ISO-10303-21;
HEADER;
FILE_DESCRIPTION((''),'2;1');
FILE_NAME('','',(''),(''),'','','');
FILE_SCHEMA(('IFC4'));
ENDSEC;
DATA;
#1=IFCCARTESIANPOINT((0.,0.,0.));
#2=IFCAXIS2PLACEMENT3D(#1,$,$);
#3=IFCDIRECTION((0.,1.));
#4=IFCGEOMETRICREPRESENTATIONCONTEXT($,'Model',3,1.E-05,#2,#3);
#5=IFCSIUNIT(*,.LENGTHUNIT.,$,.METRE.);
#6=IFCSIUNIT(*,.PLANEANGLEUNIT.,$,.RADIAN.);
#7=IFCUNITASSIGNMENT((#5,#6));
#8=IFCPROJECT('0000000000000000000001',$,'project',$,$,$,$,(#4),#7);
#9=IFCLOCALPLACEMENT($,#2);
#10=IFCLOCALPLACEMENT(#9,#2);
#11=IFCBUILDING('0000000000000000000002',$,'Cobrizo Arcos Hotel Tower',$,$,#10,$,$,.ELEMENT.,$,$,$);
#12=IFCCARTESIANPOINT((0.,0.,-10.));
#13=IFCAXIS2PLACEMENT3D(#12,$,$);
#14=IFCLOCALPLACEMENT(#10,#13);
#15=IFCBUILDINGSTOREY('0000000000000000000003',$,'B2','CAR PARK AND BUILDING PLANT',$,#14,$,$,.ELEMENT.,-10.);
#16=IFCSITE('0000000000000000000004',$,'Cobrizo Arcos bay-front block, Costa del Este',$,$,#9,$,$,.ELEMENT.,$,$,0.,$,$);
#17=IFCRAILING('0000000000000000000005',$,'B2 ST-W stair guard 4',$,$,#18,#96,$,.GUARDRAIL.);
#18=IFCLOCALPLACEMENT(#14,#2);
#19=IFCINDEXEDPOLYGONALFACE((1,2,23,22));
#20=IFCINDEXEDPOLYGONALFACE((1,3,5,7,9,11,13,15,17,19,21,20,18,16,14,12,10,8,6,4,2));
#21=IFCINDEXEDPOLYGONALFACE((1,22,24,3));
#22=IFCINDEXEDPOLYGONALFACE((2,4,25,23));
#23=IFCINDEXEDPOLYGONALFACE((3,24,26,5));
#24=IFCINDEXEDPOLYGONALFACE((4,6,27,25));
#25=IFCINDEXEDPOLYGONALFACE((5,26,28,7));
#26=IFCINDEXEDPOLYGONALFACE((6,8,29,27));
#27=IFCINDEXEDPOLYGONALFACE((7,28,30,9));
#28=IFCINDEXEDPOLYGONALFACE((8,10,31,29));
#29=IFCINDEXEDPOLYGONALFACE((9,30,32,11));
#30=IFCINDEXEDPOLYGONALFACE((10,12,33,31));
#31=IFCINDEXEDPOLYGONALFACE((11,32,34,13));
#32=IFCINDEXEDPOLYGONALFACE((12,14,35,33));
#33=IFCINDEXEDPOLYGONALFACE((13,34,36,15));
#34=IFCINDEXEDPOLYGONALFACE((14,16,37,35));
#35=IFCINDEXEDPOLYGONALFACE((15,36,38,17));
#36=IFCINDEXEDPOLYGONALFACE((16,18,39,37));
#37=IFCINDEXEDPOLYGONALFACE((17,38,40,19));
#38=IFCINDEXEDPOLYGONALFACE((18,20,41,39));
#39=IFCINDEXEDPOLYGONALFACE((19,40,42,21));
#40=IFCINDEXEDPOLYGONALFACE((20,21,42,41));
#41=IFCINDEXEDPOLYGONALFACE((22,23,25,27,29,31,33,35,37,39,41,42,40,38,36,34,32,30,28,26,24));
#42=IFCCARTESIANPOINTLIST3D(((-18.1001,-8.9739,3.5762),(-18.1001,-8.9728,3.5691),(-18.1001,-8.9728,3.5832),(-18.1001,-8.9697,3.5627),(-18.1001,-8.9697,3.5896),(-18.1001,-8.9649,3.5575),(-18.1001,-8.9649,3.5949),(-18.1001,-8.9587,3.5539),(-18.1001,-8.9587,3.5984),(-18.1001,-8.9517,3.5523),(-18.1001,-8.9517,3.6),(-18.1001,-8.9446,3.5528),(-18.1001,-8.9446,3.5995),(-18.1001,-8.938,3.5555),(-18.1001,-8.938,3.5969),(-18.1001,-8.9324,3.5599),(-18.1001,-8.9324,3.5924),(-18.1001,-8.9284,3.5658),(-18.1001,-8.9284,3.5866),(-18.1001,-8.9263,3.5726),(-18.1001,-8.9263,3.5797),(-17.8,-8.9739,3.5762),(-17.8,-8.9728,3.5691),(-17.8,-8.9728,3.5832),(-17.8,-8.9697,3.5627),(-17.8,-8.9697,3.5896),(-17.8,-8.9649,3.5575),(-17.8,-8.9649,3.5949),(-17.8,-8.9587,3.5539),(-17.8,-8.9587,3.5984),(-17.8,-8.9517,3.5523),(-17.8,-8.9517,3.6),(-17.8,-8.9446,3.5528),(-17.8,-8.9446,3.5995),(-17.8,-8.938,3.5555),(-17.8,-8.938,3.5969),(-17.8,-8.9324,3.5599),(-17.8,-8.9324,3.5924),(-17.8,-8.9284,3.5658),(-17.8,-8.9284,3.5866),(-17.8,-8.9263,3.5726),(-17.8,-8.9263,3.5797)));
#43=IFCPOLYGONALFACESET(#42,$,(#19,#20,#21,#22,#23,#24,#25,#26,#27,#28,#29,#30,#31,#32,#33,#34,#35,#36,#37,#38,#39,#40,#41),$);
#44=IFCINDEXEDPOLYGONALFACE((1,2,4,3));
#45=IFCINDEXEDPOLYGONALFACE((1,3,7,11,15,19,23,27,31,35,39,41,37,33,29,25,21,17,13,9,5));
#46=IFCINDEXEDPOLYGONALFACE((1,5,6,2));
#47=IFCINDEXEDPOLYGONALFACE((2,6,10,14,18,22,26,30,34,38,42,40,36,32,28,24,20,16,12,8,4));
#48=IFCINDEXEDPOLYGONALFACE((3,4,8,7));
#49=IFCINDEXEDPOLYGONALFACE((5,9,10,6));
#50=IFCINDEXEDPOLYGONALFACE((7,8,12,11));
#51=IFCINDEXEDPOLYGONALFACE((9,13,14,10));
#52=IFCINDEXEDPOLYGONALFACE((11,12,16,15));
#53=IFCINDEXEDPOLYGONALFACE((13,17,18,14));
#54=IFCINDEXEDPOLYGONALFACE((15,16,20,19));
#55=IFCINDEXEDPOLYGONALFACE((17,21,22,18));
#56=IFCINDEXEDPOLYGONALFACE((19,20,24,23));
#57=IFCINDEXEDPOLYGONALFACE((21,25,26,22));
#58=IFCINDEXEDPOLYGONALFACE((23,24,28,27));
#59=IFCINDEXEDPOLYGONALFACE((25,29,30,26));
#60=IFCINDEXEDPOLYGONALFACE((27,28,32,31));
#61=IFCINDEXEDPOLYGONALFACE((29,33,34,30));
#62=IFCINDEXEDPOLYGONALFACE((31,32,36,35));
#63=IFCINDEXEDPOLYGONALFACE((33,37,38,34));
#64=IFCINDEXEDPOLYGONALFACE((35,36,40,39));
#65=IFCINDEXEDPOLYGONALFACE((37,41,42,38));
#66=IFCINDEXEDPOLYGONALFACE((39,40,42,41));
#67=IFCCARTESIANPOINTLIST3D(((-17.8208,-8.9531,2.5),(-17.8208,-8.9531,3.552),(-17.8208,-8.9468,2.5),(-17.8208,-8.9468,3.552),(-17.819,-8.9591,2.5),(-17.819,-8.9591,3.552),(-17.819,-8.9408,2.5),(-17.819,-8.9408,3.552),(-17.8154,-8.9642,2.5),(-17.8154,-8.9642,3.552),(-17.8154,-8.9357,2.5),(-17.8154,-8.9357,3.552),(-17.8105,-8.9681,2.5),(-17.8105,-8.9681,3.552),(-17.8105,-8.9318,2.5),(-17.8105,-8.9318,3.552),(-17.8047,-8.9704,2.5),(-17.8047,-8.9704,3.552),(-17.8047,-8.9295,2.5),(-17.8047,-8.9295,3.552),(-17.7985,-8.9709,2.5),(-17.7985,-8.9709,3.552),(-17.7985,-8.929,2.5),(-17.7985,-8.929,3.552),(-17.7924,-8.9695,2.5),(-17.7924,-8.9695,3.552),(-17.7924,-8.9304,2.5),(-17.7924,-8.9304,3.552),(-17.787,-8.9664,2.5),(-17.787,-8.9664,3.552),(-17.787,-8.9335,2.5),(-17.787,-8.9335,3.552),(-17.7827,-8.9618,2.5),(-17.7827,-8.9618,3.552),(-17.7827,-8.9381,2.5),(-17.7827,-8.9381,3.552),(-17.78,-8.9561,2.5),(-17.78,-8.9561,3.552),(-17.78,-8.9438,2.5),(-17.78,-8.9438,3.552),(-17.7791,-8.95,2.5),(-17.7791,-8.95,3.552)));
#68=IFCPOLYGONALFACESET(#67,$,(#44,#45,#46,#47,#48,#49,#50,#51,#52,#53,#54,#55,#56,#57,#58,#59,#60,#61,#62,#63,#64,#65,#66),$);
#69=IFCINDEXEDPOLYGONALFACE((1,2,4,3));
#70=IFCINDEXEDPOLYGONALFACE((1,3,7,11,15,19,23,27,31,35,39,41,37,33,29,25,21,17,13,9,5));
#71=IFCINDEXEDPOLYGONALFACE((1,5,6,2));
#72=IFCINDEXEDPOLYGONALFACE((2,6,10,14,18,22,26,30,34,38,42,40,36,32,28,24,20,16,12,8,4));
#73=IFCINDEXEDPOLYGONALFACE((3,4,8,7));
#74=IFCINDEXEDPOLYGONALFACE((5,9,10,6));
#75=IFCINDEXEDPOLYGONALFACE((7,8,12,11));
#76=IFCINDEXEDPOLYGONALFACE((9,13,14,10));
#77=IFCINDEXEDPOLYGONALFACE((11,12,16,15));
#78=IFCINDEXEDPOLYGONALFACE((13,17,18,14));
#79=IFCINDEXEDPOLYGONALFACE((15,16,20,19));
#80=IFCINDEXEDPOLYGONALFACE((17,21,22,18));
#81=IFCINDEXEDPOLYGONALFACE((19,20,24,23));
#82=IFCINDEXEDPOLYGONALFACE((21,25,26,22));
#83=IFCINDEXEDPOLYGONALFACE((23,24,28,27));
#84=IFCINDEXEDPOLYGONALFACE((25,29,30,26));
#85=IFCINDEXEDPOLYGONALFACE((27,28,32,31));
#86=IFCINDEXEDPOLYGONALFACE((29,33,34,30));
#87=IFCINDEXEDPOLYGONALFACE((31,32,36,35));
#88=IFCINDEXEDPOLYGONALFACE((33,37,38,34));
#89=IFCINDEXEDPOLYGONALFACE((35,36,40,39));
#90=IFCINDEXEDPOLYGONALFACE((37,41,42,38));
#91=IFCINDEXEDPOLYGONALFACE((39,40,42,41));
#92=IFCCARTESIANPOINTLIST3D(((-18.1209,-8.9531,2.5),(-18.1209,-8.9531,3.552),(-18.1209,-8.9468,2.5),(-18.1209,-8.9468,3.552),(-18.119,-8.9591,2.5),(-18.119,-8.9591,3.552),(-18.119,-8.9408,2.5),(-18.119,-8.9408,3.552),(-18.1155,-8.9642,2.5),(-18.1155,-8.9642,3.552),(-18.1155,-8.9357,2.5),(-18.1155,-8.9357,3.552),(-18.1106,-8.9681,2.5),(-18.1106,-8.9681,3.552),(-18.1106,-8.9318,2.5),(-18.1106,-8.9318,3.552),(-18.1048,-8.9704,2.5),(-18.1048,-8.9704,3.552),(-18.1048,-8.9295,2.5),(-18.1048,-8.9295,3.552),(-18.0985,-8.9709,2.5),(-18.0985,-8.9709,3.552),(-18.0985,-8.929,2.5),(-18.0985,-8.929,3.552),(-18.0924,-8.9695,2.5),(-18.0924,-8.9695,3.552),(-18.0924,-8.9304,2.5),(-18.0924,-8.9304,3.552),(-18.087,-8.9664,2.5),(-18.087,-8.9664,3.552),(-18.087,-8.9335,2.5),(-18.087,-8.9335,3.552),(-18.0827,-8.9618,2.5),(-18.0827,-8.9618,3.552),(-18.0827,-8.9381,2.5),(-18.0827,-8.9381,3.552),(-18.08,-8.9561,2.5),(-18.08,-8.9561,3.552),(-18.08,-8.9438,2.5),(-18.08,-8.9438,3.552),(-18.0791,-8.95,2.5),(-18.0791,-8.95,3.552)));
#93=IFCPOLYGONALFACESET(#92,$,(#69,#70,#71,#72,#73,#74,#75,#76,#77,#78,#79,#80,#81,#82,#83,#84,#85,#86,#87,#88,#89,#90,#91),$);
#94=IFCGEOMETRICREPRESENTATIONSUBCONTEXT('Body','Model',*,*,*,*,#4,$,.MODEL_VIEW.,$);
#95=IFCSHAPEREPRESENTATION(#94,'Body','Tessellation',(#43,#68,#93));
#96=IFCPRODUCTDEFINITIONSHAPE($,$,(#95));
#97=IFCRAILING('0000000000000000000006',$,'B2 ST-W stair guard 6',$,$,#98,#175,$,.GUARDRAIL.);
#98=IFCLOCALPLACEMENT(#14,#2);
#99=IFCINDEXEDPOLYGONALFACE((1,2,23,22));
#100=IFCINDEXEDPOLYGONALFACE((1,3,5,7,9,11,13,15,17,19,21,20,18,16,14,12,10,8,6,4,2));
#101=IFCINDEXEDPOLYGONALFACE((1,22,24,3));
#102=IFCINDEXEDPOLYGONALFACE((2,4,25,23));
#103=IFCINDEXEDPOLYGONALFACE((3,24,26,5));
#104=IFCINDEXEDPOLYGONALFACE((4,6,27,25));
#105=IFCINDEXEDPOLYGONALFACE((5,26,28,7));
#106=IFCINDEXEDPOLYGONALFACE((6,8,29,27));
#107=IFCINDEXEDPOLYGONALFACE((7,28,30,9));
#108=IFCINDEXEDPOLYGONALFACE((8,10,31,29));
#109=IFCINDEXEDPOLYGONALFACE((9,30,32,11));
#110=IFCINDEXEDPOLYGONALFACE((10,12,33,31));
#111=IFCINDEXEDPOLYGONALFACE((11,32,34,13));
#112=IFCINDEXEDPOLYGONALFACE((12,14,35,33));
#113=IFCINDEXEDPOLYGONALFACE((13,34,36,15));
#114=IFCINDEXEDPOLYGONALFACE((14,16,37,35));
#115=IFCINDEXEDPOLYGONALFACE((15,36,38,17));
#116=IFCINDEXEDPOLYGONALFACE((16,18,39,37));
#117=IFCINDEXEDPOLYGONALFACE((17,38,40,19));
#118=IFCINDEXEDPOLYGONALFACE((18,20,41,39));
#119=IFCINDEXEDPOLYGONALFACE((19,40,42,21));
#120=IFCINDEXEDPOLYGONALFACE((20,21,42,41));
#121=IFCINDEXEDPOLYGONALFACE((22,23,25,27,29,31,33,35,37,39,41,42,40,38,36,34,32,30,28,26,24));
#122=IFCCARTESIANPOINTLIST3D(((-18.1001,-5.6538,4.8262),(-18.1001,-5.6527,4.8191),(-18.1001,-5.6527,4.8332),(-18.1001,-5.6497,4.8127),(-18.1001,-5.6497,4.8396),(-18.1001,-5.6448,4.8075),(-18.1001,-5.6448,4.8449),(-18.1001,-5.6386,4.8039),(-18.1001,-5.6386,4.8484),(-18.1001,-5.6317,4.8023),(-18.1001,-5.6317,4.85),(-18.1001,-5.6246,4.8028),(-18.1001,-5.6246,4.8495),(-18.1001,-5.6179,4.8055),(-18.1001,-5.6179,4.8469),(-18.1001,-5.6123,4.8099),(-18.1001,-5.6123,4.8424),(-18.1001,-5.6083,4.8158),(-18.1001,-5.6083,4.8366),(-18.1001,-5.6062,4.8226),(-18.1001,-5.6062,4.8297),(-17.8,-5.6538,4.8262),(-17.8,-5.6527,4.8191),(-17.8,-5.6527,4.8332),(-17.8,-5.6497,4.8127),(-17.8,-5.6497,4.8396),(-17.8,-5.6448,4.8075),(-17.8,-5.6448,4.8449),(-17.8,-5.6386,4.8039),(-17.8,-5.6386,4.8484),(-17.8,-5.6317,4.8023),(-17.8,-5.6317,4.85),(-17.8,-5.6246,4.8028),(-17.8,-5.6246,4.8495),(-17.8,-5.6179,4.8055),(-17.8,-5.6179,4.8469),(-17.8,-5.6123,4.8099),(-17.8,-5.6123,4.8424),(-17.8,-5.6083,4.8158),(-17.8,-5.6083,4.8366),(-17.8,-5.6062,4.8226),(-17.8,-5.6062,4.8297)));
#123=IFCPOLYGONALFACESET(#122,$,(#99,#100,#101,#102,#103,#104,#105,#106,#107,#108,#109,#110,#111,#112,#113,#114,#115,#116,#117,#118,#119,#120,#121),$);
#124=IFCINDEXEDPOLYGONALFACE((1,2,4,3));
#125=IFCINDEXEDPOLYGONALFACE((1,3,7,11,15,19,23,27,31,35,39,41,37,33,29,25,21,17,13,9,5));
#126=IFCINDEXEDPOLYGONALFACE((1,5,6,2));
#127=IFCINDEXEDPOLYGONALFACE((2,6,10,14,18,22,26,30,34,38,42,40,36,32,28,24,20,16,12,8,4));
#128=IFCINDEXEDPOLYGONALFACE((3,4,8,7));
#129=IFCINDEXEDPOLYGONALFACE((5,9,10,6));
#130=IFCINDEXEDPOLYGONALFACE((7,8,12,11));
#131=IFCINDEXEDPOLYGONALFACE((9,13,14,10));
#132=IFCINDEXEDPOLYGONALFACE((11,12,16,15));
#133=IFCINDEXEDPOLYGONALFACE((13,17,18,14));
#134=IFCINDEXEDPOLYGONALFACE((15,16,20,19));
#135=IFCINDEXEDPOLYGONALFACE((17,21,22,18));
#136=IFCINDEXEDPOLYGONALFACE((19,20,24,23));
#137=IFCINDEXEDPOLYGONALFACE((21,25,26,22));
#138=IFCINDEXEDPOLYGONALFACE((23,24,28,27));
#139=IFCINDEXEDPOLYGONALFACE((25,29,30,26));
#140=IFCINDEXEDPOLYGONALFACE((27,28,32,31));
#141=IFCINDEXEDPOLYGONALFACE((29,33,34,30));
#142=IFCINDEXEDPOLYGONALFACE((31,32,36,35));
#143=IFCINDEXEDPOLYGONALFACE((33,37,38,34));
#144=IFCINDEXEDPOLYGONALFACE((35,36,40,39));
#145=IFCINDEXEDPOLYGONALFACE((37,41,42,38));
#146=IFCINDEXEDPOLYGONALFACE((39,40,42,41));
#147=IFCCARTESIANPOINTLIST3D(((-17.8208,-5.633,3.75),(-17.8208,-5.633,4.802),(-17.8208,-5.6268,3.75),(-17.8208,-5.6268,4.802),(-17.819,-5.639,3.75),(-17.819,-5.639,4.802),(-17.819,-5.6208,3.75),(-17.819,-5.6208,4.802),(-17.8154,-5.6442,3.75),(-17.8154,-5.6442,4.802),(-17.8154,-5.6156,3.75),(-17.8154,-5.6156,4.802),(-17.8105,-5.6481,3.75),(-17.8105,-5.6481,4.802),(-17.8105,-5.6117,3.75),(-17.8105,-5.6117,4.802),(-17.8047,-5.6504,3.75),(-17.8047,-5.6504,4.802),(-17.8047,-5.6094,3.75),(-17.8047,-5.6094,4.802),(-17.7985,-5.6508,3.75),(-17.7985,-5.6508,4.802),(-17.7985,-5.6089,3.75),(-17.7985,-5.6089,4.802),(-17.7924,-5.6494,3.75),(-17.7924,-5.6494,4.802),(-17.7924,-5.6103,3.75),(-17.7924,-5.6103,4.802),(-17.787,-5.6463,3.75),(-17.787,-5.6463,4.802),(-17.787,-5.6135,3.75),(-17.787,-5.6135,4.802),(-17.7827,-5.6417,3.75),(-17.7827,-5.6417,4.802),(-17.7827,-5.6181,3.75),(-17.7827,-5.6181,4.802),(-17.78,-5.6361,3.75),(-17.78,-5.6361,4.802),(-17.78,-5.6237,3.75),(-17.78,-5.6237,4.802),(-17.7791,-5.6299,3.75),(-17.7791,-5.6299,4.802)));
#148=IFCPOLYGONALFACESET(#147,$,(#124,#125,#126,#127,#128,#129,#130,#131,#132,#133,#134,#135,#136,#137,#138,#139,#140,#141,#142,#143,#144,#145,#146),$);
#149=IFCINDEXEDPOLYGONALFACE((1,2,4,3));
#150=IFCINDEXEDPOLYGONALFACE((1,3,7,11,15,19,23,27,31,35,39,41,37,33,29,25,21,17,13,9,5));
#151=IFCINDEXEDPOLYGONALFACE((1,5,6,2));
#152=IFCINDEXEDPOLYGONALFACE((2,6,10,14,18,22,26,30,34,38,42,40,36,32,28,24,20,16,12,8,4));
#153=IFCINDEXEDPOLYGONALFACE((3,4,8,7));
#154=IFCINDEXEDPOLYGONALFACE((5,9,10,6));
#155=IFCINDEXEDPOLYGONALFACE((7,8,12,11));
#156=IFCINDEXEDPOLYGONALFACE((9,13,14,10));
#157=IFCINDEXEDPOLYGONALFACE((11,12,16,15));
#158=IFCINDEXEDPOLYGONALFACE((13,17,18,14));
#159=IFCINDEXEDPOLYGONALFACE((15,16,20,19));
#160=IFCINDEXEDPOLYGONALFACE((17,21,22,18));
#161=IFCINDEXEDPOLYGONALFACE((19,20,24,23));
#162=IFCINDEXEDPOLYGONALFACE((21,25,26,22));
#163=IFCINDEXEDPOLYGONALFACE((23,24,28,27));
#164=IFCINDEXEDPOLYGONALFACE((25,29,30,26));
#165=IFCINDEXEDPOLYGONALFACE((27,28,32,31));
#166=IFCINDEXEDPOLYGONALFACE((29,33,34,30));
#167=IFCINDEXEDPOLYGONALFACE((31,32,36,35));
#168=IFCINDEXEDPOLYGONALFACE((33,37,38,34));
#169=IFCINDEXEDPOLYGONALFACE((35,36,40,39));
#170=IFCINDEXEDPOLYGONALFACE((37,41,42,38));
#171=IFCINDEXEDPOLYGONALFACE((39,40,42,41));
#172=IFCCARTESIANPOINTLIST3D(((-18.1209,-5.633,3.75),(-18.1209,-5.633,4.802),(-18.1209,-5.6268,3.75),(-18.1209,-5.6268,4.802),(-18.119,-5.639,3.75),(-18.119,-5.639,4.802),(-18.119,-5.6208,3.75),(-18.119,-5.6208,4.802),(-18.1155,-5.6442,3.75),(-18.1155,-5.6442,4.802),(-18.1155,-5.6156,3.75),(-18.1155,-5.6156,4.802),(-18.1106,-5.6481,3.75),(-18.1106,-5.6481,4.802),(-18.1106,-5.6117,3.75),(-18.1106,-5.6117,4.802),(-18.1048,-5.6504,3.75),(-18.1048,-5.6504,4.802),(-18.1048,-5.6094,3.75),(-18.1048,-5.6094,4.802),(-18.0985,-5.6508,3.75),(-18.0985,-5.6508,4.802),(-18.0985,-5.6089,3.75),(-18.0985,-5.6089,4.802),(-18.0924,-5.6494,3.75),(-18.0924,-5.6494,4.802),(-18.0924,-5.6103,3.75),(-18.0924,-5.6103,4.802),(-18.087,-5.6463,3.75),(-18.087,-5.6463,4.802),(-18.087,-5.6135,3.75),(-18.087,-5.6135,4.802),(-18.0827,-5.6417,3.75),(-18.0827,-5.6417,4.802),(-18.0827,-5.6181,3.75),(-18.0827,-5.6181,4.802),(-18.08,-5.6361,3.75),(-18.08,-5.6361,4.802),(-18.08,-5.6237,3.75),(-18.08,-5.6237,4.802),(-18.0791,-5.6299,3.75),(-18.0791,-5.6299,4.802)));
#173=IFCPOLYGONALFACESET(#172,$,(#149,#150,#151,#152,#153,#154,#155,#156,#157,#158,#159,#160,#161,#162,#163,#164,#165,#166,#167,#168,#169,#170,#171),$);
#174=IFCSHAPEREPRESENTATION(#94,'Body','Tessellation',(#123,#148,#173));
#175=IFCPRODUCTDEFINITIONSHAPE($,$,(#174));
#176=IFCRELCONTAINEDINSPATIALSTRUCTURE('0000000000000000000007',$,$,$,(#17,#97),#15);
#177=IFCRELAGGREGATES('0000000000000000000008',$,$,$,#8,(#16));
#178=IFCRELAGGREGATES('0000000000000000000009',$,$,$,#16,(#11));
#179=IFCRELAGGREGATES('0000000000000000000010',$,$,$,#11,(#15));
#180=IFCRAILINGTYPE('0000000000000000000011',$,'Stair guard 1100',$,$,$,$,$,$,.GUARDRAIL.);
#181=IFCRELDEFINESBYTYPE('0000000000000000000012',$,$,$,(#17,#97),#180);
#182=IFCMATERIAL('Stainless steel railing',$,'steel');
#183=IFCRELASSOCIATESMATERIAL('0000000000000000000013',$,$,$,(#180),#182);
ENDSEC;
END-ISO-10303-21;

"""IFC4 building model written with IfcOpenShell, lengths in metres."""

from ifc_helpers import new_model, si_unit, direction, frame, origin, origin_2d, place, context, subcontext, project, spatial, circle, extrude, material, type_object, element, save


model = new_model("IFC4")

# Units and contexts
model_context = context("Model", 3, precision=1e-05, world=origin(), true_north=direction((0.0, 1.0)))
body_context = subcontext(model_context, "Body", "Model", "MODEL_VIEW")
ifc_project = project(units=[si_unit("LENGTHUNIT", "METRE"), si_unit("PLANEANGLEUNIT", "RADIAN")], contexts=[model_context])

# Site, building, storey
site_placement = place(None, origin())
site = spatial("IfcSite", under=ifc_project, at=site_placement, Name="Cobrizo Arcos bay-front block, Costa del Este", CompositionType="ELEMENT", RefElevation=0.0)
building_placement = place(site_placement, origin())
building = spatial("IfcBuilding", under=site, at=building_placement, Name="Cobrizo Arcos Hotel Tower", CompositionType="ELEMENT")
storey_placement = place(building_placement, frame((0.0, 0.0, -10.0)))
storey = spatial("IfcBuildingStorey", under=building, at=storey_placement, Name="B2", Description="CAR PARK AND BUILDING PLANT", CompositionType="ELEMENT", Elevation=-10.0)

# Railings
ifc_material_1 = material(Name="Stainless steel railing", Category="steel")
railing_type_1 = type_object("IfcRailingType", Name="Stair guard 1100", PredefinedType="GUARDRAIL", material=ifc_material_1)
for number, where, name in (
    (1, (-17.8, -8.95, 2.5), "B2 ST-W stair guard 4"),
    (2, (-17.8, -5.6299, 3.75), "B2 ST-W stair guard 6"),
):
    element("IfcRailing", number, at=place(storey_placement, frame(where)), inside=storey, type_object=railing_type_1, Name=name, PredefinedType="GUARDRAIL", context=body_context, shape_type="SweptSolid", body=[
        extrude(circle(Radius=0.0239, at=origin_2d()), frame((0.0, 0.0, 1.0762), z_axis=(-1.0, 0.0, 0.0), x_axis=(0.0, -1.0, 0.0)), (0.0, 0.0, 1.0), 0.3),
        extrude(circle(Radius=0.021, at=origin_2d()), origin(), (0.0, 0.0, 1.0), 1.052),
        extrude(circle(Radius=0.021, at=origin_2d()), frame((-0.3, 0.0, 0.0)), (0.0, 0.0, 1.0), 1.052),
    ])

save(model, "model.ifc")
